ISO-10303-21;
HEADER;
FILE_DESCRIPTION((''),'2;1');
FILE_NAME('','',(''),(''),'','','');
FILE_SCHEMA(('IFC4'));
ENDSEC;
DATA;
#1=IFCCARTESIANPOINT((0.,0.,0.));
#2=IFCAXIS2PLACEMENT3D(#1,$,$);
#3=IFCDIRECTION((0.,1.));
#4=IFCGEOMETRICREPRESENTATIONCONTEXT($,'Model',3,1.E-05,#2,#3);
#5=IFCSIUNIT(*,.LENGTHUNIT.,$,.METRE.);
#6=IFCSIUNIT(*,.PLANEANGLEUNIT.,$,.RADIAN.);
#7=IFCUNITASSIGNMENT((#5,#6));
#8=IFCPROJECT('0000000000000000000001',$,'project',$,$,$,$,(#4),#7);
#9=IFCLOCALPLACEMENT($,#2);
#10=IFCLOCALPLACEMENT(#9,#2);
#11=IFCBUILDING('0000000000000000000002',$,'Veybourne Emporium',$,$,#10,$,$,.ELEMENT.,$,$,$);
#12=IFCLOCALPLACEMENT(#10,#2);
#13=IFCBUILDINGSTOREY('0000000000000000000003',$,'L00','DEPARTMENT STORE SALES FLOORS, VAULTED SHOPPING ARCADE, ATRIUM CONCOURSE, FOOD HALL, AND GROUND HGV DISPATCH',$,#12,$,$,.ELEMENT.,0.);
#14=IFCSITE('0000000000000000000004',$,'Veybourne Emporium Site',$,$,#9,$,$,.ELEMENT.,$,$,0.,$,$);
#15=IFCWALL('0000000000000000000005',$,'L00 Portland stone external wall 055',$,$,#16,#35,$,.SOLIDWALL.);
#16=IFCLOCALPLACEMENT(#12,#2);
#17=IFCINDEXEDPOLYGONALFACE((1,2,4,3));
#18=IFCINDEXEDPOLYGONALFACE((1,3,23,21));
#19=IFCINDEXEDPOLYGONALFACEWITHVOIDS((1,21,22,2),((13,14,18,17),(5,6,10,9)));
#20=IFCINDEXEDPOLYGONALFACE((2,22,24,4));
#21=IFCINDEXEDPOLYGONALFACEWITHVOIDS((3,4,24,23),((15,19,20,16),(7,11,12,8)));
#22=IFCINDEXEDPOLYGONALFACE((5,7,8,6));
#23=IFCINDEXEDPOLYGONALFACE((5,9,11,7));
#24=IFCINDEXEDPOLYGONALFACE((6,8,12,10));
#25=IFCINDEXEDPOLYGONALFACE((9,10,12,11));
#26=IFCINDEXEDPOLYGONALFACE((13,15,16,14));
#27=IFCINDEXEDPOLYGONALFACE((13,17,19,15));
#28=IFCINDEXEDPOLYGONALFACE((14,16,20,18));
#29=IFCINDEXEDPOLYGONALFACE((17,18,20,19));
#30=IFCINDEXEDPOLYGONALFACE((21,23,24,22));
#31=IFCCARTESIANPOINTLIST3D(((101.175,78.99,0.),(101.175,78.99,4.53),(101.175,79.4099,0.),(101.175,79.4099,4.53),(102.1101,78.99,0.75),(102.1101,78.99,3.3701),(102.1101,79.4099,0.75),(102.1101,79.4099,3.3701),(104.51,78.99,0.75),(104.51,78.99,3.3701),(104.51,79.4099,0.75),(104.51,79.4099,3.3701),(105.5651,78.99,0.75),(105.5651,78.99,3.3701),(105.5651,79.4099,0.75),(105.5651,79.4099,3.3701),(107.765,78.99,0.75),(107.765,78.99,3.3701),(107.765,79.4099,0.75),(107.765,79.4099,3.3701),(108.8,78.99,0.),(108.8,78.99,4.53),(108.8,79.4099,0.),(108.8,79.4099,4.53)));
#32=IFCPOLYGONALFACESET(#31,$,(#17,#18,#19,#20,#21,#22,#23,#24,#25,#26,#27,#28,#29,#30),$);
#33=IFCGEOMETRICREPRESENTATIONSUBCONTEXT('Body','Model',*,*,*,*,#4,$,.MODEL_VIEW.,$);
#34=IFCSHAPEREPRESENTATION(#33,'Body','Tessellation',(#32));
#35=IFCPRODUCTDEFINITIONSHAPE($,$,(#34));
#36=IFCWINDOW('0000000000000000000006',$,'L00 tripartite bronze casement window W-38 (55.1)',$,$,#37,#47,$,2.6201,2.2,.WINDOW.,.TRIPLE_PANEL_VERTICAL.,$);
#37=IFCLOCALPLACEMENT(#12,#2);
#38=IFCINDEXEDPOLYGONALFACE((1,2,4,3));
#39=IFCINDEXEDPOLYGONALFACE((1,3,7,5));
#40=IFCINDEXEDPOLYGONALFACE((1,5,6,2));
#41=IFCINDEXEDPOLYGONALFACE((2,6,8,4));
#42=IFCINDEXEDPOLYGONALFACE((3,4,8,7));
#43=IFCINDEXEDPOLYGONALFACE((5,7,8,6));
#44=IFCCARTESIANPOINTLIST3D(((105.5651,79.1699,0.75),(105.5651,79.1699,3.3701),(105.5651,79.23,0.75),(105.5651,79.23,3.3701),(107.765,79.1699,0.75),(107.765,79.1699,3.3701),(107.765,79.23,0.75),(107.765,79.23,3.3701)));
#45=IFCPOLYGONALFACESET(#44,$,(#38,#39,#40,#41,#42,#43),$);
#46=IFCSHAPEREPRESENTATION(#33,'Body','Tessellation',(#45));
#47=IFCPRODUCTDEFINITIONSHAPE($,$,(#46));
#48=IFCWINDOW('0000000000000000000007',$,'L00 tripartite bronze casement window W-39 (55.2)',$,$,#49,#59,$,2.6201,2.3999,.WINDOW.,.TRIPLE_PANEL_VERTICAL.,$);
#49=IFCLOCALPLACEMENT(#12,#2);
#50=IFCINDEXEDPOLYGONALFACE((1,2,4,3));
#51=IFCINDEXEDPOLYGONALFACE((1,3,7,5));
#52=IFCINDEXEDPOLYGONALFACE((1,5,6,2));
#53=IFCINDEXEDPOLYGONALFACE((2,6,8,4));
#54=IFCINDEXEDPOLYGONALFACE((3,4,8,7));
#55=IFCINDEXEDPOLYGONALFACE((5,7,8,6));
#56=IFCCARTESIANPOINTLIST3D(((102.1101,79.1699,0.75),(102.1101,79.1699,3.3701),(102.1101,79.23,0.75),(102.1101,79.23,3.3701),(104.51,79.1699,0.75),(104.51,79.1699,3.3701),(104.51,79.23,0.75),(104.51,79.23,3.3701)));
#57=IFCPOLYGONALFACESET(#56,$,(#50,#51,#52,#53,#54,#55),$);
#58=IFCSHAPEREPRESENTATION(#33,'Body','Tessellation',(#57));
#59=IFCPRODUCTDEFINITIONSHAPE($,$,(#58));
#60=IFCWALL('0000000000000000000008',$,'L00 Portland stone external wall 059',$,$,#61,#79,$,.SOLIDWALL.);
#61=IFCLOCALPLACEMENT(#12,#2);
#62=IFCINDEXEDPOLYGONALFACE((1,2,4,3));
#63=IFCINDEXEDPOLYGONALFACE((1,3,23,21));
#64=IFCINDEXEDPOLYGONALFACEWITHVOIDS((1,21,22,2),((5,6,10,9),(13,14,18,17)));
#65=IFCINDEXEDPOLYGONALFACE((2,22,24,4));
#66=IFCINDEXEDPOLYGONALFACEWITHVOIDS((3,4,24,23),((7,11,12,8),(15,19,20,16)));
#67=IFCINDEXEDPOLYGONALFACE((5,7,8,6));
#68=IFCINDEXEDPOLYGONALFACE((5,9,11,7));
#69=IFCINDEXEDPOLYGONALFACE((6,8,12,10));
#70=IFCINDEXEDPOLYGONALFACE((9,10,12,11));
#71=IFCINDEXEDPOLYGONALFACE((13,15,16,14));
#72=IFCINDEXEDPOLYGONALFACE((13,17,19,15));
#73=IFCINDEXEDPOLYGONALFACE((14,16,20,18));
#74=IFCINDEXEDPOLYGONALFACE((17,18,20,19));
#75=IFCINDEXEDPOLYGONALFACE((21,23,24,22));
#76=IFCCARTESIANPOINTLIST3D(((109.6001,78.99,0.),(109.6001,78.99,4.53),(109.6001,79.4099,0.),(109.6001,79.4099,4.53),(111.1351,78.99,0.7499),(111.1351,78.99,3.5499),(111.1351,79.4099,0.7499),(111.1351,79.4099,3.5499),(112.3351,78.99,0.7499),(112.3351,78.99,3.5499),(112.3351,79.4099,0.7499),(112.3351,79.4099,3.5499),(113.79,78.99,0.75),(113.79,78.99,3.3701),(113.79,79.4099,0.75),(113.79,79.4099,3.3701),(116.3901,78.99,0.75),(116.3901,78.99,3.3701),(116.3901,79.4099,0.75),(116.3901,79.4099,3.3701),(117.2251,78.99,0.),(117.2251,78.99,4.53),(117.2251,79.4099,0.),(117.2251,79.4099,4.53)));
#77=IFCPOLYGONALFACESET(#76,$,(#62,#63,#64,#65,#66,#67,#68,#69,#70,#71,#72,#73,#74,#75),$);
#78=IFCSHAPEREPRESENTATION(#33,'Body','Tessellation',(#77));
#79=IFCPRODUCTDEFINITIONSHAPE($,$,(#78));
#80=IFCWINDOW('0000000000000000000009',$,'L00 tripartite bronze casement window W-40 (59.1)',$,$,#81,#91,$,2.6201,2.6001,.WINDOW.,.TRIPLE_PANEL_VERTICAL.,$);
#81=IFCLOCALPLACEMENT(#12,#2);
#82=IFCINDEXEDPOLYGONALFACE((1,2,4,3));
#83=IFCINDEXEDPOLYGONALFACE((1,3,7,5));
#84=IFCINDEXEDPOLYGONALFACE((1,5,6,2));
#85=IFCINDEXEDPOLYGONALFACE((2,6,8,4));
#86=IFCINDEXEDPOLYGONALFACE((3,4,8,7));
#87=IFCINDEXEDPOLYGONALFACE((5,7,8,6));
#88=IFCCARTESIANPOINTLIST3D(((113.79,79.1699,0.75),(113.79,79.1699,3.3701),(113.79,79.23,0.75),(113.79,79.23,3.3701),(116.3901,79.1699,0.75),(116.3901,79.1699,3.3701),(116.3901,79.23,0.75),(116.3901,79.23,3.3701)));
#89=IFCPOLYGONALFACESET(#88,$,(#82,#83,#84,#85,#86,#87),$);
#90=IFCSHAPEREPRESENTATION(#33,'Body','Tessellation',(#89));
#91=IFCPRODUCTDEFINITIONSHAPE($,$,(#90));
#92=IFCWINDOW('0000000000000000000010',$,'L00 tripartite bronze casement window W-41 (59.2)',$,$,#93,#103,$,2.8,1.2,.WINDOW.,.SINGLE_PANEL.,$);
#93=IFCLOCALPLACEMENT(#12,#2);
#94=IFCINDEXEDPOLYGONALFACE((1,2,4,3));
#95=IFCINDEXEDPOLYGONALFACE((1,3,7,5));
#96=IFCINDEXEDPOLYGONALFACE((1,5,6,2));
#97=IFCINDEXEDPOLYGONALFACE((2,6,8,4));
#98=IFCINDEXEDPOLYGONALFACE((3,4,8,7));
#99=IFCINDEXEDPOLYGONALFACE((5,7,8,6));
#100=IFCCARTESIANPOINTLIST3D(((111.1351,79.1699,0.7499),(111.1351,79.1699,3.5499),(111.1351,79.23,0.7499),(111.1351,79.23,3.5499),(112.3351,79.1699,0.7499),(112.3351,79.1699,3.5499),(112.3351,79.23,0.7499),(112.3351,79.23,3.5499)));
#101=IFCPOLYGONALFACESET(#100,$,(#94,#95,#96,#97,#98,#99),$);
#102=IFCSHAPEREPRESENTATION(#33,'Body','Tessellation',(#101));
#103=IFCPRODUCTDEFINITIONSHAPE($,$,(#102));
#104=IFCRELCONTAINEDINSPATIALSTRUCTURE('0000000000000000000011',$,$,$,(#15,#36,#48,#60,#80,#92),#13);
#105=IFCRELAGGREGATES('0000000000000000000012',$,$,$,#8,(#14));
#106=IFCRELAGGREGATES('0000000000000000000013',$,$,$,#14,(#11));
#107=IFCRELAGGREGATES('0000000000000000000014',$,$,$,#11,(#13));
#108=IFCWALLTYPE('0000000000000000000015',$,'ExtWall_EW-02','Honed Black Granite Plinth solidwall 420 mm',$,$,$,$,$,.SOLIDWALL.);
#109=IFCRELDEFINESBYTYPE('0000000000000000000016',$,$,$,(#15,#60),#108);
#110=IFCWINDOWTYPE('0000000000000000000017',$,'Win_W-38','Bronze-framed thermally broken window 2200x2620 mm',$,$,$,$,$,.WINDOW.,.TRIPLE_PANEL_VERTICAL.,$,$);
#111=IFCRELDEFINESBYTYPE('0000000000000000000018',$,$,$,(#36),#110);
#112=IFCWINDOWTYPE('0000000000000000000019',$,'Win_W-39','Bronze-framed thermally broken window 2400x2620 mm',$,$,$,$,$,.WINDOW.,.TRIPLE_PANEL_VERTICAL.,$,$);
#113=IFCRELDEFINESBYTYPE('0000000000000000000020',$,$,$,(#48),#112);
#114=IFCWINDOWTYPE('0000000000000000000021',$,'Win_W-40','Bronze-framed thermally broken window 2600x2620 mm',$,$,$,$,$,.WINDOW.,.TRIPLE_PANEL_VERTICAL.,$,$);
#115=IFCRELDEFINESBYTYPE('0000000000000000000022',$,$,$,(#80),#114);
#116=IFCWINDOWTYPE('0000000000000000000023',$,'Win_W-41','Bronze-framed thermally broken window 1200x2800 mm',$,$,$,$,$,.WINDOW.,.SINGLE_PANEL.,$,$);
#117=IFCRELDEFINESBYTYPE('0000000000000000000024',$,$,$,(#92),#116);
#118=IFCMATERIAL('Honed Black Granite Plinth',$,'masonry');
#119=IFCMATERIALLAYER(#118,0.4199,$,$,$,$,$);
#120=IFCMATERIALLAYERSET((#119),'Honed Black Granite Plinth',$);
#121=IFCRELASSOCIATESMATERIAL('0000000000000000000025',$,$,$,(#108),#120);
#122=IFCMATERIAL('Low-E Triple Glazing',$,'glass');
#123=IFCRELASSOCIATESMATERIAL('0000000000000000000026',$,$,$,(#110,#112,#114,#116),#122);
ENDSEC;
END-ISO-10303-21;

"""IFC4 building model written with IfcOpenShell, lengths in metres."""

from ifc_helpers import new_model, si_unit, direction, frame, frame_2d, origin, place, context, subcontext, project, spatial, rectangle, extrude, material, layer, layer_set, type_object, element, fill, save


model = new_model("IFC4")

# Units and contexts
model_context = context("Model", 3, precision=1e-05, world=origin(), true_north=direction((0.0, 1.0)))
body_context = subcontext(model_context, "Body", "Model", "MODEL_VIEW")
ifc_project = project(units=[si_unit("LENGTHUNIT", "METRE"), si_unit("PLANEANGLEUNIT", "RADIAN")], contexts=[model_context])

# Site, building, storey
site_placement = place(None, origin())
site = spatial("IfcSite", under=ifc_project, at=site_placement, Name="Veybourne Emporium Site", CompositionType="ELEMENT", RefElevation=0.0)
building_placement = place(site_placement, origin())
building = spatial("IfcBuilding", under=site, at=building_placement, Name="Veybourne Emporium", CompositionType="ELEMENT")
storey_placement = place(building_placement, origin())
storey = spatial("IfcBuildingStorey", under=building, at=storey_placement, Name="L00", Description="DEPARTMENT STORE SALES FLOORS, VAULTED SHOPPING ARCADE, ATRIUM CONCOURSE, FOOD HALL, AND GROUND HGV DISPATCH", CompositionType="ELEMENT", Elevation=0.0)

# Walls, openings, windows
ifc_material_1 = material(Name="Honed Black Granite Plinth", Category="masonry")
ifc_layer_1 = layer(ifc_material_1, 0.4199)
ifc_layer_set_1 = layer_set([ifc_layer_1], Name="Honed Black Granite Plinth")
wall_type_1 = type_object("IfcWallType", Name="ExtWall_EW-02", Description="Honed Black Granite Plinth solidwall 420 mm", PredefinedType="SOLIDWALL", material=ifc_layer_set_1)
wall_1_placement = place(storey_placement, frame((108.8, 79.2, 0.0), z_axis=(0.0, 0.0, 1.0), x_axis=(-1.0, 0.0, 0.0)))
wall_1 = element("IfcWall", 1, at=wall_1_placement, inside=storey, type_object=wall_type_1, Name="L00 Portland stone external wall 055", PredefinedType="SOLIDWALL", context=body_context, shape_type="SweptSolid", body=[
    extrude(rectangle(XDim=7.625, YDim=0.4199, at=frame_2d((3.8125, 0.0))), origin(), (0.0, 0.0, 1.0), 4.53),
])
opening_1_placement = place(wall_1_placement, frame((1.0349, 0.0, 0.75)))
opening_1 = element("IfcOpeningElement", 2, at=opening_1_placement, cuts=wall_1, PredefinedType="OPENING", context=body_context, shape_type="SweptSolid", body=[
    extrude(rectangle(XDim=2.2, YDim=2.6201, at=frame_2d((1.1001, 1.3101))), frame((0.0, 0.23, 0.0), z_axis=(0.0, -1.0, 0.0), x_axis=(1.0, 0.0, 0.0)), (0.0, 0.0, 1.0), 0.46),
])
opening_2_placement = place(wall_1_placement, frame((4.29, 0.0, 0.75)))
opening_2 = element("IfcOpeningElement", 3, at=opening_2_placement, cuts=wall_1, PredefinedType="OPENING", context=body_context, shape_type="SweptSolid", body=[
    extrude(rectangle(XDim=2.3999, YDim=2.6201, at=frame_2d((1.2, 1.3101))), frame((0.0, 0.23, 0.0), z_axis=(0.0, -1.0, 0.0), x_axis=(1.0, 0.0, 0.0)), (0.0, 0.0, 1.0), 0.46),
])
ifc_material_2 = material(Name="Low-E Triple Glazing", Category="glass")
window_type_1 = type_object("IfcWindowType", Name="Win_W-38", Description="Bronze-framed thermally broken window 2200x2620 mm", PartitioningType="TRIPLE_PANEL_VERTICAL", PredefinedType="WINDOW", material=ifc_material_2)
window_1_placement = place(opening_1_placement, origin())
window_1 = element("IfcWindow", 4, at=window_1_placement, inside=storey, type_object=window_type_1, Name="L00 tripartite bronze casement window W-38 (55.1)", OverallHeight=2.6201, OverallWidth=2.2, PartitioningType="TRIPLE_PANEL_VERTICAL", PredefinedType="WINDOW", context=body_context, shape_type="SweptSolid", body=[
    extrude(rectangle(XDim=2.2, YDim=2.6201, at=frame_2d((1.1001, 1.3101))), frame((0.0, 0.03, 0.0), z_axis=(0.0, -1.0, 0.0), x_axis=(1.0, 0.0, 0.0)), (0.0, 0.0, 1.0), 0.0601),
])
fill(opening_1, window_1)
window_type_2 = type_object("IfcWindowType", Name="Win_W-39", Description="Bronze-framed thermally broken window 2400x2620 mm", PartitioningType="TRIPLE_PANEL_VERTICAL", PredefinedType="WINDOW", material=ifc_material_2)
window_2_placement = place(opening_2_placement, origin())
window_2 = element("IfcWindow", 5, at=window_2_placement, inside=storey, type_object=window_type_2, Name="L00 tripartite bronze casement window W-39 (55.2)", OverallHeight=2.6201, OverallWidth=2.3999, PartitioningType="TRIPLE_PANEL_VERTICAL", PredefinedType="WINDOW", context=body_context, shape_type="SweptSolid", body=[
    extrude(rectangle(XDim=2.3999, YDim=2.6201, at=frame_2d((1.2, 1.3101))), frame((0.0, 0.03, 0.0), z_axis=(0.0, -1.0, 0.0), x_axis=(1.0, 0.0, 0.0)), (0.0, 0.0, 1.0), 0.0601),
])
fill(opening_2, window_2)
wall_2_placement = place(storey_placement, frame((117.2251, 79.2, 0.0), z_axis=(0.0, 0.0, 1.0), x_axis=(-1.0, 0.0, 0.0)))
wall_2 = element("IfcWall", 6, at=wall_2_placement, inside=storey, type_object=wall_type_1, Name="L00 Portland stone external wall 059", PredefinedType="SOLIDWALL", context=body_context, shape_type="SweptSolid", body=[
    extrude(rectangle(XDim=7.625, YDim=0.4199, at=frame_2d((3.8125, 0.0))), origin(), (0.0, 0.0, 1.0), 4.53),
])
opening_3_placement = place(wall_2_placement, frame((0.835, 0.0, 0.75)))
opening_3 = element("IfcOpeningElement", 7, at=opening_3_placement, cuts=wall_2, PredefinedType="OPENING", context=body_context, shape_type="SweptSolid", body=[
    extrude(rectangle(XDim=2.6001, YDim=2.6201, at=frame_2d((1.3, 1.3101))), frame((0.0, 0.23, 0.0), z_axis=(0.0, -1.0, 0.0), x_axis=(1.0, 0.0, 0.0)), (0.0, 0.0, 1.0), 0.46),
])
opening_4_placement = place(wall_2_placement, frame((4.8899, 0.0, 0.75)))
opening_4 = element("IfcOpeningElement", 8, at=opening_4_placement, cuts=wall_2, PredefinedType="OPENING", context=body_context, shape_type="SweptSolid", body=[
    extrude(rectangle(XDim=1.2, YDim=2.8, at=frame_2d((0.6001, 1.3999))), frame((0.0, 0.23, 0.0), z_axis=(0.0, -1.0, 0.0), x_axis=(1.0, 0.0, 0.0)), (0.0, 0.0, 1.0), 0.46),
])
window_type_3 = type_object("IfcWindowType", Name="Win_W-40", Description="Bronze-framed thermally broken window 2600x2620 mm", PartitioningType="TRIPLE_PANEL_VERTICAL", PredefinedType="WINDOW", material=ifc_material_2)
window_3_placement = place(opening_3_placement, origin())
window_3 = element("IfcWindow", 9, at=window_3_placement, inside=storey, type_object=window_type_3, Name="L00 tripartite bronze casement window W-40 (59.1)", OverallHeight=2.6201, OverallWidth=2.6001, PartitioningType="TRIPLE_PANEL_VERTICAL", PredefinedType="WINDOW", context=body_context, shape_type="SweptSolid", body=[
    extrude(rectangle(XDim=2.6001, YDim=2.6201, at=frame_2d((1.3, 1.3101))), frame((0.0, 0.03, 0.0), z_axis=(0.0, -1.0, 0.0), x_axis=(1.0, 0.0, 0.0)), (0.0, 0.0, 1.0), 0.0601),
])
fill(opening_3, window_3)
window_type_4 = type_object("IfcWindowType", Name="Win_W-41", Description="Bronze-framed thermally broken window 1200x2800 mm", PartitioningType="SINGLE_PANEL", PredefinedType="WINDOW", material=ifc_material_2)
window_4_placement = place(opening_4_placement, origin())
window_4 = element("IfcWindow", 10, at=window_4_placement, inside=storey, type_object=window_type_4, Name="L00 tripartite bronze casement window W-41 (59.2)", OverallHeight=2.8, OverallWidth=1.2, PartitioningType="SINGLE_PANEL", PredefinedType="WINDOW", context=body_context, shape_type="SweptSolid", body=[
    extrude(rectangle(XDim=1.2, YDim=2.8, at=frame_2d((0.6001, 1.3999))), frame((0.0, 0.03, 0.0), z_axis=(0.0, -1.0, 0.0), x_axis=(1.0, 0.0, 0.0)), (0.0, 0.0, 1.0), 0.0601),
])
fill(opening_4, window_4)

save(model, "model.ifc")
